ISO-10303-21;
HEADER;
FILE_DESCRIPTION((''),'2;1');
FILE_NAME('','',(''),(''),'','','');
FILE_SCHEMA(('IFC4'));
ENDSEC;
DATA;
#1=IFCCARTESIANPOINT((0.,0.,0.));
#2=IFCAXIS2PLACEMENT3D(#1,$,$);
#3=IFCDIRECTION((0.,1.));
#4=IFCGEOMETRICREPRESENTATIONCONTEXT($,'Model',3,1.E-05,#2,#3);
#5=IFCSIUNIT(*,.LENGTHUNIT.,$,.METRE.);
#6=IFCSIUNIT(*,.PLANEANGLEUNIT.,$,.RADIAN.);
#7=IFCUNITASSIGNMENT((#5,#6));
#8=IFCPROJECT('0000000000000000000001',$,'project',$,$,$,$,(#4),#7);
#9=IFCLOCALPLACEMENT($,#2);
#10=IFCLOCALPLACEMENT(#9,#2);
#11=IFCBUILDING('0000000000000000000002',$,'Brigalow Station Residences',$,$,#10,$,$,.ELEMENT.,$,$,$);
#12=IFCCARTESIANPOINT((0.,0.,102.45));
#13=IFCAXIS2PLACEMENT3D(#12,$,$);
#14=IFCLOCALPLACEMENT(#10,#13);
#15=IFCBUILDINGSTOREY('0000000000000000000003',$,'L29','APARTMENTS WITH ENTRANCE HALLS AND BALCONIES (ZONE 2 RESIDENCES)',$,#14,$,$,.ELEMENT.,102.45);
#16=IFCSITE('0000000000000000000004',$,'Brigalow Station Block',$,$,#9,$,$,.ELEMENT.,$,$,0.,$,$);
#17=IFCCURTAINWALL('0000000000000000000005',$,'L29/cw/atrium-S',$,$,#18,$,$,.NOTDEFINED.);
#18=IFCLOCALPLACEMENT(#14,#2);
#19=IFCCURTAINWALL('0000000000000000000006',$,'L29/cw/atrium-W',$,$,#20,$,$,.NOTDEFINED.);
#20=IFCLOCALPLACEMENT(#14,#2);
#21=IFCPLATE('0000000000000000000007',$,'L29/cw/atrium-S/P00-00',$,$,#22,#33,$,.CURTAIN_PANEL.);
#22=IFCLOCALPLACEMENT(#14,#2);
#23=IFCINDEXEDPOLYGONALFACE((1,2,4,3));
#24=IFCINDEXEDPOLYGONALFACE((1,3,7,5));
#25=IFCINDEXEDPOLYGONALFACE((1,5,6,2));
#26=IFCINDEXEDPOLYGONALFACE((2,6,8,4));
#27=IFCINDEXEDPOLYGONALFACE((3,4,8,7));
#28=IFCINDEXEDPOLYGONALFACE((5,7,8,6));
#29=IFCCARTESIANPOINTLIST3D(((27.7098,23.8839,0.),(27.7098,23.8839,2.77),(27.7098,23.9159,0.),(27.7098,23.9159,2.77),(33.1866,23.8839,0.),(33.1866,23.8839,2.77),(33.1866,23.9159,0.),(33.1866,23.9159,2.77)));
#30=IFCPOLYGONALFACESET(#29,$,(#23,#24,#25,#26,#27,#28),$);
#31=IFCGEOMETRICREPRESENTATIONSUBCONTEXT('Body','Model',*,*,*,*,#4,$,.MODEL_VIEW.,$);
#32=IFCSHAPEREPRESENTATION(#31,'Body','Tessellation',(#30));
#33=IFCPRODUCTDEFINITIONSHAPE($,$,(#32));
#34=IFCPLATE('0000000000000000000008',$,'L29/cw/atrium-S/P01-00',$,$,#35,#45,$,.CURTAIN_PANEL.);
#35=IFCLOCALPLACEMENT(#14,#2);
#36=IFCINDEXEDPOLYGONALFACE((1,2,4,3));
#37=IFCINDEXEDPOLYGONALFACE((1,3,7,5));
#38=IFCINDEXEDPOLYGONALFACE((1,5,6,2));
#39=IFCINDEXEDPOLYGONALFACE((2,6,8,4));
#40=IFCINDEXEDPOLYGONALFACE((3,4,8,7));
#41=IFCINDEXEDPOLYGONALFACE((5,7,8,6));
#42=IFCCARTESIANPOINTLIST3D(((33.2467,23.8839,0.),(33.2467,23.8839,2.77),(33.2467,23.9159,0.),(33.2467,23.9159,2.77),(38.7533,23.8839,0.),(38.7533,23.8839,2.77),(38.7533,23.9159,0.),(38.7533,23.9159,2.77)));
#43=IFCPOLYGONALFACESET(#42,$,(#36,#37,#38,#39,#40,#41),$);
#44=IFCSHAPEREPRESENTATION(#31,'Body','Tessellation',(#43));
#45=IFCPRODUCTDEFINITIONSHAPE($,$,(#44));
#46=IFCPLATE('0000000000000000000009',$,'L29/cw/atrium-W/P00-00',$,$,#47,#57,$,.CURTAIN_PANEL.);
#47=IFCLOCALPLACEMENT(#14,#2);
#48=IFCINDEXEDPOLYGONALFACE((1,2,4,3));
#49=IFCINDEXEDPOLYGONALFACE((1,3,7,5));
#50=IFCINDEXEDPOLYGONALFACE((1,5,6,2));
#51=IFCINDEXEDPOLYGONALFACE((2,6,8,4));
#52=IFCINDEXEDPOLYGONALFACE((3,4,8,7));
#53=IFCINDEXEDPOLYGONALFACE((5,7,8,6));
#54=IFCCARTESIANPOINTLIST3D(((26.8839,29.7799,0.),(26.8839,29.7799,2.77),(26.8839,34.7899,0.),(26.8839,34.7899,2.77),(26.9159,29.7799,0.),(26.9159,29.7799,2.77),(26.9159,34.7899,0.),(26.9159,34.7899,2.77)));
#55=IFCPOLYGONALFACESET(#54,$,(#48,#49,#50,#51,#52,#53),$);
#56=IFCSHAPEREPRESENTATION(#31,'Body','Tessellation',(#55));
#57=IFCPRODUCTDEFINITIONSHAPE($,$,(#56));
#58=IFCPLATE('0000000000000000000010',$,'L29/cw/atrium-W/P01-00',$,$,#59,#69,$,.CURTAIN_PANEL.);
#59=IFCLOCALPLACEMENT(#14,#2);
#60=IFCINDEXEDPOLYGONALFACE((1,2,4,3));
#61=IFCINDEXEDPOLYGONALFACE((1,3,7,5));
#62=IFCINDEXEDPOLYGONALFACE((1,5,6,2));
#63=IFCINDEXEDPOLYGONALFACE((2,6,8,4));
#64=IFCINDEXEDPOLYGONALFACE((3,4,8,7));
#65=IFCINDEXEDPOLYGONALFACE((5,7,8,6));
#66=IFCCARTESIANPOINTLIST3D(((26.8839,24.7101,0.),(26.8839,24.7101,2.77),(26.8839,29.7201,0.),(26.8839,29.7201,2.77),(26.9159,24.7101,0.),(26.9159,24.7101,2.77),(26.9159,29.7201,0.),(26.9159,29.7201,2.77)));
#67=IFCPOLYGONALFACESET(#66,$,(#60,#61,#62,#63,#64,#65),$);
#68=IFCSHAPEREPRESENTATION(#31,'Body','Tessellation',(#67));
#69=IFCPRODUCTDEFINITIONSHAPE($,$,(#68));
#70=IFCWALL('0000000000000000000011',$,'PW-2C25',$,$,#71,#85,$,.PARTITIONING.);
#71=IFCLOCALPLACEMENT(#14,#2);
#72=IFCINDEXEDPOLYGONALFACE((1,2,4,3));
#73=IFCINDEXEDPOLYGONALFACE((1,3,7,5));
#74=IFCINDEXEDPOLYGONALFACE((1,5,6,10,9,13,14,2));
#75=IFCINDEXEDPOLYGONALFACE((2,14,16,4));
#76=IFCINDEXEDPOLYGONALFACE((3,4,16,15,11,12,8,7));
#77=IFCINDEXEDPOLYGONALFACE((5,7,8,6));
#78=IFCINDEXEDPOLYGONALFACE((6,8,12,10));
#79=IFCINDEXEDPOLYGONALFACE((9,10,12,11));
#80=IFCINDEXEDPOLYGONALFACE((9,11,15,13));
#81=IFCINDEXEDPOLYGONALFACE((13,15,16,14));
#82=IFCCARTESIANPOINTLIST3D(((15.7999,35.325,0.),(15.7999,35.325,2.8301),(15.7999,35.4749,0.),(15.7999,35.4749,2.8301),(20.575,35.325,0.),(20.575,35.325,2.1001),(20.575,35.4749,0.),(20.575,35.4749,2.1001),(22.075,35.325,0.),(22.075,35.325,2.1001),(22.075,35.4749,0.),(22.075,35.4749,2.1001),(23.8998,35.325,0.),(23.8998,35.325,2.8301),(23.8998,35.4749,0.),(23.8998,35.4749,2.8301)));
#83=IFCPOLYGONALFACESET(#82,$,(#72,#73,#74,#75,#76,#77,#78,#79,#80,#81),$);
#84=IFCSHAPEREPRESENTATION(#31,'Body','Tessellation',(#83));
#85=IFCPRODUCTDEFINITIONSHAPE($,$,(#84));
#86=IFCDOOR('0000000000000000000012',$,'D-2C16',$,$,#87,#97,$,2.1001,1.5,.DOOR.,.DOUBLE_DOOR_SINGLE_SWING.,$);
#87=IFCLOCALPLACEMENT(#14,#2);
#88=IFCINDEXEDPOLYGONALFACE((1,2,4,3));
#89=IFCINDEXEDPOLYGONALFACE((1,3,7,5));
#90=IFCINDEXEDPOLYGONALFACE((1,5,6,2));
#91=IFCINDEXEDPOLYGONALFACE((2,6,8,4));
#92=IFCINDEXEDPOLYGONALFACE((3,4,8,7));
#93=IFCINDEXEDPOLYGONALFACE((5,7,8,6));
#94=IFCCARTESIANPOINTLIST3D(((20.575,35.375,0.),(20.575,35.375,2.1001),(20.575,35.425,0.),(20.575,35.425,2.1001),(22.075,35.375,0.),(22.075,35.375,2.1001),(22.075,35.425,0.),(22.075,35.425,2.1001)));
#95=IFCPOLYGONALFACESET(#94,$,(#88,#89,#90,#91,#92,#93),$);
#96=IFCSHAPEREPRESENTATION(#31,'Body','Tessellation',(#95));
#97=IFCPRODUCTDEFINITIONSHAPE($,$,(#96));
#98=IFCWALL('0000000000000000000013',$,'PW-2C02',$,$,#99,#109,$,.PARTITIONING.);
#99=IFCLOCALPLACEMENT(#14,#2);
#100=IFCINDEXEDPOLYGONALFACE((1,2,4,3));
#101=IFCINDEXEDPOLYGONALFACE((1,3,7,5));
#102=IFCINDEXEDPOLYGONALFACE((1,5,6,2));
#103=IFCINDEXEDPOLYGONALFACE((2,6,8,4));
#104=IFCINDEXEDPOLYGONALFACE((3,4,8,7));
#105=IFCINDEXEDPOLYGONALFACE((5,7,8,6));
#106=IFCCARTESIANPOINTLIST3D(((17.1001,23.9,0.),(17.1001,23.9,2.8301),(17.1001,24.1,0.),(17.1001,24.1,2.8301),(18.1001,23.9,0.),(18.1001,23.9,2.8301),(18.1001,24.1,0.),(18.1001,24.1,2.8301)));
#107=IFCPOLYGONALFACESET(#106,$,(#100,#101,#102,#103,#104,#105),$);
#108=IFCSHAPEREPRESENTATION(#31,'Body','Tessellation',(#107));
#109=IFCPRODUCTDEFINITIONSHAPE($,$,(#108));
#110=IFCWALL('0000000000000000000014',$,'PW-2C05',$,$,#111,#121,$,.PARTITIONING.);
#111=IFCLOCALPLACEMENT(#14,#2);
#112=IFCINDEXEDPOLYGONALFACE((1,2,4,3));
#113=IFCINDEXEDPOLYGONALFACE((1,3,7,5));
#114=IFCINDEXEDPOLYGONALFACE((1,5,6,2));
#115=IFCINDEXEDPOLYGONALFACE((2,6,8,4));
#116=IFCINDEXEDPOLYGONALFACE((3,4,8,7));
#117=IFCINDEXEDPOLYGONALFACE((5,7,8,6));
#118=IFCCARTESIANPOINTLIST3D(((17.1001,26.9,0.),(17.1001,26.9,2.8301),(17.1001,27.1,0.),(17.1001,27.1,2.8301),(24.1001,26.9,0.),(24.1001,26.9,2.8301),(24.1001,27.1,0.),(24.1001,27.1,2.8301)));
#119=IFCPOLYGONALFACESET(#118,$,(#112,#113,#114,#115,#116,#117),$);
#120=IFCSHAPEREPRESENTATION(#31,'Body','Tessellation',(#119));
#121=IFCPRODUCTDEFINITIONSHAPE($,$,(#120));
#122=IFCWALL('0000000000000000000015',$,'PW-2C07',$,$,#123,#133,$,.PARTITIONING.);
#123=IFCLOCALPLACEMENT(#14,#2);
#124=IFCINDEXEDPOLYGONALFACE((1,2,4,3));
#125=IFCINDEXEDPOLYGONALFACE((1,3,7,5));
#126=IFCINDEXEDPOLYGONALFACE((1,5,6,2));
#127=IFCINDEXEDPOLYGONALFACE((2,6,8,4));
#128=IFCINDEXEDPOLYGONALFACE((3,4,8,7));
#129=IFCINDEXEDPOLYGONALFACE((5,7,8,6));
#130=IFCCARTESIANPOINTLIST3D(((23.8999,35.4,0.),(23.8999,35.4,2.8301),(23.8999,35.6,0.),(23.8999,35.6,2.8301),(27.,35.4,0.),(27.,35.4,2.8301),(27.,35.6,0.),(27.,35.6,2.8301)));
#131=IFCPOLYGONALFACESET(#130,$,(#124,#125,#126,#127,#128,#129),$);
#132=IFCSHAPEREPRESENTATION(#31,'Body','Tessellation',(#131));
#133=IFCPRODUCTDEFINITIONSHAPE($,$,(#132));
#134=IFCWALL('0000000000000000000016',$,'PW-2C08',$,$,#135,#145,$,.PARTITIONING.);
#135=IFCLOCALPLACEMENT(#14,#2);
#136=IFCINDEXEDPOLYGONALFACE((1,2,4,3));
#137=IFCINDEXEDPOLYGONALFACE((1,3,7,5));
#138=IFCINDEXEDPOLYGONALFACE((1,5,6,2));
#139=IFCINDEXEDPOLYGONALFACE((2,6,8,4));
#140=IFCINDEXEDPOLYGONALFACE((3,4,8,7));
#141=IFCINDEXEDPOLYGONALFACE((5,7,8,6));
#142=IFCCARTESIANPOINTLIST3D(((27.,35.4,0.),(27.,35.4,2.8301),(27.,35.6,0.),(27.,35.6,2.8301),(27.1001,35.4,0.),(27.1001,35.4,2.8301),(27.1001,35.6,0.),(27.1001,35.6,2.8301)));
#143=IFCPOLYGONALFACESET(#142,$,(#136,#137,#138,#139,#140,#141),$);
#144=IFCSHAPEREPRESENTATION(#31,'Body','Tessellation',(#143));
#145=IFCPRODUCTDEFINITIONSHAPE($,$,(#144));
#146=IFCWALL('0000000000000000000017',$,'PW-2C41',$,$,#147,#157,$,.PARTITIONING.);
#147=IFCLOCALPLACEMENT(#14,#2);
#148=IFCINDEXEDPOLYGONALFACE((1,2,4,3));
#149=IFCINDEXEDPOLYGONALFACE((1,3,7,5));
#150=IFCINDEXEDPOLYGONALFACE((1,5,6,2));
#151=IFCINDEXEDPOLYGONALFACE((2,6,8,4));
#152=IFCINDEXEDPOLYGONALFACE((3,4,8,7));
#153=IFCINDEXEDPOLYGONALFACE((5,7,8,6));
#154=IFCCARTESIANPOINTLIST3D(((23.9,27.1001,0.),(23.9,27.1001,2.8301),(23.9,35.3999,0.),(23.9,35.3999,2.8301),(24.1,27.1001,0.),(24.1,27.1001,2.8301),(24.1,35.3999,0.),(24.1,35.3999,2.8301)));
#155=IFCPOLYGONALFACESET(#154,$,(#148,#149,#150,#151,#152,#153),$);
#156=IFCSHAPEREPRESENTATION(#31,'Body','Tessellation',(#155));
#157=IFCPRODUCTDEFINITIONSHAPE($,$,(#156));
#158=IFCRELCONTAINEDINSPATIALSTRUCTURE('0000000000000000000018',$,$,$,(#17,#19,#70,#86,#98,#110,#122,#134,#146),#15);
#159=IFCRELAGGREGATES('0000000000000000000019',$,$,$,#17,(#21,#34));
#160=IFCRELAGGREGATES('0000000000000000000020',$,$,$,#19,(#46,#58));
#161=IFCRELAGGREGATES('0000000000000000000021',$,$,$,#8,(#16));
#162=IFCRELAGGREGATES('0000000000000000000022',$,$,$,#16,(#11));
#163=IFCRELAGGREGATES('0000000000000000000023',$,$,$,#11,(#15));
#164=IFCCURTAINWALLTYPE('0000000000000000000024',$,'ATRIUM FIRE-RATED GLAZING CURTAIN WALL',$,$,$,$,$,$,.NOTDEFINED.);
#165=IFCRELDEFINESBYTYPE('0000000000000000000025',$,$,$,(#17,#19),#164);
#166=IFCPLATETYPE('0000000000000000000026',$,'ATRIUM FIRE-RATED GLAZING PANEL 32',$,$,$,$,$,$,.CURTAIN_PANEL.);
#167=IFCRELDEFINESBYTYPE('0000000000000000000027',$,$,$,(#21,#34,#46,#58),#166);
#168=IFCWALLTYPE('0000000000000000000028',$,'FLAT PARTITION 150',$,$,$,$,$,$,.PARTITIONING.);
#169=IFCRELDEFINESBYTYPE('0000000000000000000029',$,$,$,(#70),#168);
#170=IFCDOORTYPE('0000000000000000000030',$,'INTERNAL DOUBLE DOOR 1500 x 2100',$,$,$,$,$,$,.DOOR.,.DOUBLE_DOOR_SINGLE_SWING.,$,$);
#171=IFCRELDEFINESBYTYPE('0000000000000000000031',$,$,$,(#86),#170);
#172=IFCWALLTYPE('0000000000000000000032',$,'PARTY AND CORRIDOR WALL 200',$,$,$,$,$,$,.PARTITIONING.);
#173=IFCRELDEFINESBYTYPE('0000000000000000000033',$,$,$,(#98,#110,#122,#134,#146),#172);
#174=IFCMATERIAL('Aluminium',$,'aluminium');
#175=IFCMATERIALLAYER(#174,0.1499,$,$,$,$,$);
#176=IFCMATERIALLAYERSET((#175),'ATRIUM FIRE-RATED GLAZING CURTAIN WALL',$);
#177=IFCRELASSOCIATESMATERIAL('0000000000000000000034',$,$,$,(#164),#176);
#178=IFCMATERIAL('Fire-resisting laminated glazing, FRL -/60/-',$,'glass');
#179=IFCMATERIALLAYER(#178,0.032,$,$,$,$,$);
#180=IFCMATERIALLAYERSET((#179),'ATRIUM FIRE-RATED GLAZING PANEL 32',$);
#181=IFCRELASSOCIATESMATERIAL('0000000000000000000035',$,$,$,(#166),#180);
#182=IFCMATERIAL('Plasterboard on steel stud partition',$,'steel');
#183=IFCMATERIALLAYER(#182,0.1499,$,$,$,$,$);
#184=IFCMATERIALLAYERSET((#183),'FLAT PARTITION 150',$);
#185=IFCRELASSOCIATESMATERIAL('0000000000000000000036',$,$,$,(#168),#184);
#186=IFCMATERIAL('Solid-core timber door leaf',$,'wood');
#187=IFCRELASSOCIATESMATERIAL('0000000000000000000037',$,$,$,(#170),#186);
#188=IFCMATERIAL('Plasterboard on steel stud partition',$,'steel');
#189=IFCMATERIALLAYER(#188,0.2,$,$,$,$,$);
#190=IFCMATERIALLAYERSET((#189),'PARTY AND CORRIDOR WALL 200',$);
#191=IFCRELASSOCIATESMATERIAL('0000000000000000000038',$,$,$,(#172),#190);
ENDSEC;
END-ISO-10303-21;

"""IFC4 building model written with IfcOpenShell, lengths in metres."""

from ifc_helpers import new_model, si_unit, direction, frame, frame_2d, origin, origin_2d, place, context, subcontext, project, spatial, rectangle, extrude, material, layer, layer_set, type_object, element, fill, aggregate, save


model = new_model("IFC4")

# Units and contexts
model_context = context("Model", 3, precision=1e-05, world=origin(), true_north=direction((0.0, 1.0)))
body_context = subcontext(model_context, "Body", "Model", "MODEL_VIEW")
ifc_project = project(units=[si_unit("LENGTHUNIT", "METRE"), si_unit("PLANEANGLEUNIT", "RADIAN")], contexts=[model_context])

# Site, building, storey
site_placement = place(None, origin())
site = spatial("IfcSite", under=ifc_project, at=site_placement, Name="Brigalow Station Block", CompositionType="ELEMENT", RefElevation=0.0)
building_placement = place(site_placement, origin())
building = spatial("IfcBuilding", under=site, at=building_placement, Name="Brigalow Station Residences", CompositionType="ELEMENT")
storey_placement = place(building_placement, frame((0.0, 0.0, 102.45)))
storey = spatial("IfcBuildingStorey", under=building, at=storey_placement, Name="L29", Description="APARTMENTS WITH ENTRANCE HALLS AND BALCONIES (ZONE 2 RESIDENCES)", CompositionType="ELEMENT", Elevation=102.45)

# Curtain walls
ifc_material_1 = material(Name="Aluminium", Category="aluminium")
ifc_layer_1 = layer(ifc_material_1, 0.1499)
ifc_layer_set_1 = layer_set([ifc_layer_1], Name="ATRIUM FIRE-RATED GLAZING CURTAIN WALL")
curtain_wall_type = type_object("IfcCurtainWallType", Name="ATRIUM FIRE-RATED GLAZING CURTAIN WALL", PredefinedType="NOTDEFINED", material=ifc_layer_set_1)
curtain_wall_1_placement = place(storey_placement, origin())
curtain_wall_1 = element("IfcCurtainWall", 1, at=curtain_wall_1_placement, inside=storey, type_object=curtain_wall_type, Name="L29/cw/atrium-S", PredefinedType="NOTDEFINED")
curtain_wall_2_placement = place(storey_placement, origin())
curtain_wall_2 = element("IfcCurtainWall", 2, at=curtain_wall_2_placement, inside=storey, type_object=curtain_wall_type, Name="L29/cw/atrium-W", PredefinedType="NOTDEFINED")

# Plates
ifc_material_2 = material(Name="Fire-resisting laminated glazing, FRL -/60/-", Category="glass")
ifc_layer_2 = layer(ifc_material_2, 0.032)
ifc_layer_set_2 = layer_set([ifc_layer_2], Name="ATRIUM FIRE-RATED GLAZING PANEL 32")
plate_type = type_object("IfcPlateType", Name="ATRIUM FIRE-RATED GLAZING PANEL 32", PredefinedType="CURTAIN_PANEL", material=ifc_layer_set_2)
plate_1_placement = place(storey_placement, frame((30.4482, 23.8999, 0.0), z_axis=(0.0, 0.0, 1.0), x_axis=(1.0, 0.0, 0.0)))
plate_1 = element("IfcPlate", 3, at=plate_1_placement, type_object=plate_type, Name="L29/cw/atrium-S/P00-00", PredefinedType="CURTAIN_PANEL", context=body_context, shape_type="SweptSolid", body=[
    extrude(rectangle(XDim=5.4768, YDim=0.032, at=origin_2d()), origin(), (0.0, 0.0, 1.0), 2.77),
])
plate_2_placement = place(storey_placement, frame((36.0, 23.8999, 0.0), z_axis=(0.0, 0.0, 1.0), x_axis=(1.0, 0.0, 0.0)))
plate_2 = element("IfcPlate", 4, at=plate_2_placement, type_object=plate_type, Name="L29/cw/atrium-S/P01-00", PredefinedType="CURTAIN_PANEL", context=body_context, shape_type="SweptSolid", body=[
    extrude(rectangle(XDim=5.5066, YDim=0.032, at=origin_2d()), origin(), (0.0, 0.0, 1.0), 2.77),
])
aggregate(curtain_wall_1, [plate_1, plate_2])
plate_3_placement = place(storey_placement, frame((26.8999, 32.2849, 0.0), z_axis=(0.0, 0.0, 1.0), x_axis=(0.0, -1.0, 0.0)))
plate_3 = element("IfcPlate", 5, at=plate_3_placement, type_object=plate_type, Name="L29/cw/atrium-W/P00-00", PredefinedType="CURTAIN_PANEL", context=body_context, shape_type="SweptSolid", body=[
    extrude(rectangle(XDim=5.01, YDim=0.032, at=origin_2d()), origin(), (0.0, 0.0, 1.0), 2.77),
])
plate_4_placement = place(storey_placement, frame((26.8999, 27.2151, 0.0), z_axis=(0.0, 0.0, 1.0), x_axis=(0.0, -1.0, 0.0)))
plate_4 = element("IfcPlate", 6, at=plate_4_placement, type_object=plate_type, Name="L29/cw/atrium-W/P01-00", PredefinedType="CURTAIN_PANEL", context=body_context, shape_type="SweptSolid", body=[
    extrude(rectangle(XDim=5.01, YDim=0.032, at=origin_2d()), origin(), (0.0, 0.0, 1.0), 2.77),
])
aggregate(curtain_wall_2, [plate_3, plate_4])

# Wall, opening, door
ifc_material_3 = material(Name="Plasterboard on steel stud partition", Category="steel")
ifc_layer_3 = layer(ifc_material_3, 0.1499)
ifc_layer_set_3 = layer_set([ifc_layer_3], Name="FLAT PARTITION 150")
wall_type_1 = type_object("IfcWallType", Name="FLAT PARTITION 150", PredefinedType="PARTITIONING", material=ifc_layer_set_3)
wall_1_placement = place(storey_placement, frame((15.8, 35.3999, 0.0), z_axis=(0.0, 0.0, 1.0), x_axis=(1.0, 0.0, 0.0)))
wall_1 = element("IfcWall", 7, at=wall_1_placement, inside=storey, type_object=wall_type_1, Name="PW-2C25", PredefinedType="PARTITIONING", context=body_context, shape_type="SweptSolid", body=[
    extrude(rectangle(XDim=8.0999, YDim=0.1499, at=frame_2d((4.0498, 0.0))), origin(), (0.0, 0.0, 1.0), 2.8301),
])
opening_placement = place(wall_1_placement, frame((4.7749, 0.0, 0.0)))
opening = element("IfcOpeningElement", 8, at=opening_placement, cuts=wall_1, PredefinedType="OPENING", context=body_context, shape_type="SweptSolid", body=[
    extrude(rectangle(XDim=1.5, YDim=2.1001, at=frame_2d((0.75, 1.05))), frame((0.0, 0.085, 0.0), z_axis=(0.0, -1.0, 0.0), x_axis=(1.0, 0.0, 0.0)), (0.0, 0.0, 1.0), 0.1699),
])
ifc_material_4 = material(Name="Solid-core timber door leaf", Category="wood")
door_type = type_object("IfcDoorType", Name="INTERNAL DOUBLE DOOR 1500 x 2100", OperationType="DOUBLE_DOOR_SINGLE_SWING", PredefinedType="DOOR", material=ifc_material_4)
door_placement = place(opening_placement, frame((1.5, 0.0, 0.0), z_axis=(0.0, 0.0, 1.0), x_axis=(-1.0, 0.0, 0.0)))
door = element("IfcDoor", 9, at=door_placement, inside=storey, type_object=door_type, Name="D-2C16", OperationType="DOUBLE_DOOR_SINGLE_SWING", OverallHeight=2.1001, OverallWidth=1.5, PredefinedType="DOOR", context=body_context, shape_type="SweptSolid", body=[
    extrude(rectangle(XDim=1.5, YDim=2.1001, at=frame_2d((0.75, 1.05))), frame((0.0, 0.0249, 0.0), z_axis=(0.0, -1.0, 0.0), x_axis=(1.0, 0.0, 0.0)), (0.0, 0.0, 1.0), 0.05),
])
fill(opening, door)

# Walls
ifc_material_5 = material(Name="Plasterboard on steel stud partition", Category="steel")
ifc_layer_4 = layer(ifc_material_5, 0.2)
ifc_layer_set_4 = layer_set([ifc_layer_4], Name="PARTY AND CORRIDOR WALL 200")
wall_type_2 = type_object("IfcWallType", Name="PARTY AND CORRIDOR WALL 200", PredefinedType="PARTITIONING", material=ifc_layer_set_4)
wall_2_placement = place(storey_placement, frame((17.1001, 24.0, 0.0), z_axis=(0.0, 0.0, 1.0), x_axis=(1.0, 0.0, 0.0)))
element("IfcWall", 10, at=wall_2_placement, inside=storey, type_object=wall_type_2, Name="PW-2C02", PredefinedType="PARTITIONING", context=body_context, shape_type="SweptSolid", body=[
    extrude(rectangle(XDim=1.0, YDim=0.2, at=frame_2d((0.5, 0.0))), origin(), (0.0, 0.0, 1.0), 2.8301),
])
wall_3_placement = place(storey_placement, frame((17.1001, 27.0, 0.0), z_axis=(0.0, 0.0, 1.0), x_axis=(1.0, 0.0, 0.0)))
element("IfcWall", 11, at=wall_3_placement, inside=storey, type_object=wall_type_2, Name="PW-2C05", PredefinedType="PARTITIONING", context=body_context, shape_type="SweptSolid", body=[
    extrude(rectangle(XDim=7.0, YDim=0.2, at=frame_2d((3.5, 0.0))), origin(), (0.0, 0.0, 1.0), 2.8301),
])
wall_4_placement = place(storey_placement, frame((23.8999, 35.5, 0.0), z_axis=(0.0, 0.0, 1.0), x_axis=(1.0, 0.0, 0.0)))
element("IfcWall", 12, at=wall_4_placement, inside=storey, type_object=wall_type_2, Name="PW-2C07", PredefinedType="PARTITIONING", context=body_context, shape_type="SweptSolid", body=[
    extrude(rectangle(XDim=3.1001, YDim=0.2, at=frame_2d((1.55, 0.0))), origin(), (0.0, 0.0, 1.0), 2.8301),
])
wall_5_placement = place(storey_placement, frame((27.0, 35.5, 0.0), z_axis=(0.0, 0.0, 1.0), x_axis=(1.0, 0.0, 0.0)))
element("IfcWall", 13, at=wall_5_placement, inside=storey, type_object=wall_type_2, Name="PW-2C08", PredefinedType="PARTITIONING", context=body_context, shape_type="SweptSolid", body=[
    extrude(rectangle(XDim=0.1001, YDim=0.2, at=frame_2d((0.05, 0.0))), origin(), (0.0, 0.0, 1.0), 2.8301),
])
wall_6_placement = place(storey_placement, frame((24.0, 27.1001, 0.0), z_axis=(0.0, 0.0, 1.0), x_axis=(0.0, 1.0, 0.0)))
element("IfcWall", 14, at=wall_6_placement, inside=storey, type_object=wall_type_2, Name="PW-2C41", PredefinedType="PARTITIONING", context=body_context, shape_type="SweptSolid", body=[
    extrude(rectangle(XDim=8.2998, YDim=0.2, at=frame_2d((4.1499, 0.0))), origin(), (0.0, 0.0, 1.0), 2.8301),
])

save(model, "model.ifc")
